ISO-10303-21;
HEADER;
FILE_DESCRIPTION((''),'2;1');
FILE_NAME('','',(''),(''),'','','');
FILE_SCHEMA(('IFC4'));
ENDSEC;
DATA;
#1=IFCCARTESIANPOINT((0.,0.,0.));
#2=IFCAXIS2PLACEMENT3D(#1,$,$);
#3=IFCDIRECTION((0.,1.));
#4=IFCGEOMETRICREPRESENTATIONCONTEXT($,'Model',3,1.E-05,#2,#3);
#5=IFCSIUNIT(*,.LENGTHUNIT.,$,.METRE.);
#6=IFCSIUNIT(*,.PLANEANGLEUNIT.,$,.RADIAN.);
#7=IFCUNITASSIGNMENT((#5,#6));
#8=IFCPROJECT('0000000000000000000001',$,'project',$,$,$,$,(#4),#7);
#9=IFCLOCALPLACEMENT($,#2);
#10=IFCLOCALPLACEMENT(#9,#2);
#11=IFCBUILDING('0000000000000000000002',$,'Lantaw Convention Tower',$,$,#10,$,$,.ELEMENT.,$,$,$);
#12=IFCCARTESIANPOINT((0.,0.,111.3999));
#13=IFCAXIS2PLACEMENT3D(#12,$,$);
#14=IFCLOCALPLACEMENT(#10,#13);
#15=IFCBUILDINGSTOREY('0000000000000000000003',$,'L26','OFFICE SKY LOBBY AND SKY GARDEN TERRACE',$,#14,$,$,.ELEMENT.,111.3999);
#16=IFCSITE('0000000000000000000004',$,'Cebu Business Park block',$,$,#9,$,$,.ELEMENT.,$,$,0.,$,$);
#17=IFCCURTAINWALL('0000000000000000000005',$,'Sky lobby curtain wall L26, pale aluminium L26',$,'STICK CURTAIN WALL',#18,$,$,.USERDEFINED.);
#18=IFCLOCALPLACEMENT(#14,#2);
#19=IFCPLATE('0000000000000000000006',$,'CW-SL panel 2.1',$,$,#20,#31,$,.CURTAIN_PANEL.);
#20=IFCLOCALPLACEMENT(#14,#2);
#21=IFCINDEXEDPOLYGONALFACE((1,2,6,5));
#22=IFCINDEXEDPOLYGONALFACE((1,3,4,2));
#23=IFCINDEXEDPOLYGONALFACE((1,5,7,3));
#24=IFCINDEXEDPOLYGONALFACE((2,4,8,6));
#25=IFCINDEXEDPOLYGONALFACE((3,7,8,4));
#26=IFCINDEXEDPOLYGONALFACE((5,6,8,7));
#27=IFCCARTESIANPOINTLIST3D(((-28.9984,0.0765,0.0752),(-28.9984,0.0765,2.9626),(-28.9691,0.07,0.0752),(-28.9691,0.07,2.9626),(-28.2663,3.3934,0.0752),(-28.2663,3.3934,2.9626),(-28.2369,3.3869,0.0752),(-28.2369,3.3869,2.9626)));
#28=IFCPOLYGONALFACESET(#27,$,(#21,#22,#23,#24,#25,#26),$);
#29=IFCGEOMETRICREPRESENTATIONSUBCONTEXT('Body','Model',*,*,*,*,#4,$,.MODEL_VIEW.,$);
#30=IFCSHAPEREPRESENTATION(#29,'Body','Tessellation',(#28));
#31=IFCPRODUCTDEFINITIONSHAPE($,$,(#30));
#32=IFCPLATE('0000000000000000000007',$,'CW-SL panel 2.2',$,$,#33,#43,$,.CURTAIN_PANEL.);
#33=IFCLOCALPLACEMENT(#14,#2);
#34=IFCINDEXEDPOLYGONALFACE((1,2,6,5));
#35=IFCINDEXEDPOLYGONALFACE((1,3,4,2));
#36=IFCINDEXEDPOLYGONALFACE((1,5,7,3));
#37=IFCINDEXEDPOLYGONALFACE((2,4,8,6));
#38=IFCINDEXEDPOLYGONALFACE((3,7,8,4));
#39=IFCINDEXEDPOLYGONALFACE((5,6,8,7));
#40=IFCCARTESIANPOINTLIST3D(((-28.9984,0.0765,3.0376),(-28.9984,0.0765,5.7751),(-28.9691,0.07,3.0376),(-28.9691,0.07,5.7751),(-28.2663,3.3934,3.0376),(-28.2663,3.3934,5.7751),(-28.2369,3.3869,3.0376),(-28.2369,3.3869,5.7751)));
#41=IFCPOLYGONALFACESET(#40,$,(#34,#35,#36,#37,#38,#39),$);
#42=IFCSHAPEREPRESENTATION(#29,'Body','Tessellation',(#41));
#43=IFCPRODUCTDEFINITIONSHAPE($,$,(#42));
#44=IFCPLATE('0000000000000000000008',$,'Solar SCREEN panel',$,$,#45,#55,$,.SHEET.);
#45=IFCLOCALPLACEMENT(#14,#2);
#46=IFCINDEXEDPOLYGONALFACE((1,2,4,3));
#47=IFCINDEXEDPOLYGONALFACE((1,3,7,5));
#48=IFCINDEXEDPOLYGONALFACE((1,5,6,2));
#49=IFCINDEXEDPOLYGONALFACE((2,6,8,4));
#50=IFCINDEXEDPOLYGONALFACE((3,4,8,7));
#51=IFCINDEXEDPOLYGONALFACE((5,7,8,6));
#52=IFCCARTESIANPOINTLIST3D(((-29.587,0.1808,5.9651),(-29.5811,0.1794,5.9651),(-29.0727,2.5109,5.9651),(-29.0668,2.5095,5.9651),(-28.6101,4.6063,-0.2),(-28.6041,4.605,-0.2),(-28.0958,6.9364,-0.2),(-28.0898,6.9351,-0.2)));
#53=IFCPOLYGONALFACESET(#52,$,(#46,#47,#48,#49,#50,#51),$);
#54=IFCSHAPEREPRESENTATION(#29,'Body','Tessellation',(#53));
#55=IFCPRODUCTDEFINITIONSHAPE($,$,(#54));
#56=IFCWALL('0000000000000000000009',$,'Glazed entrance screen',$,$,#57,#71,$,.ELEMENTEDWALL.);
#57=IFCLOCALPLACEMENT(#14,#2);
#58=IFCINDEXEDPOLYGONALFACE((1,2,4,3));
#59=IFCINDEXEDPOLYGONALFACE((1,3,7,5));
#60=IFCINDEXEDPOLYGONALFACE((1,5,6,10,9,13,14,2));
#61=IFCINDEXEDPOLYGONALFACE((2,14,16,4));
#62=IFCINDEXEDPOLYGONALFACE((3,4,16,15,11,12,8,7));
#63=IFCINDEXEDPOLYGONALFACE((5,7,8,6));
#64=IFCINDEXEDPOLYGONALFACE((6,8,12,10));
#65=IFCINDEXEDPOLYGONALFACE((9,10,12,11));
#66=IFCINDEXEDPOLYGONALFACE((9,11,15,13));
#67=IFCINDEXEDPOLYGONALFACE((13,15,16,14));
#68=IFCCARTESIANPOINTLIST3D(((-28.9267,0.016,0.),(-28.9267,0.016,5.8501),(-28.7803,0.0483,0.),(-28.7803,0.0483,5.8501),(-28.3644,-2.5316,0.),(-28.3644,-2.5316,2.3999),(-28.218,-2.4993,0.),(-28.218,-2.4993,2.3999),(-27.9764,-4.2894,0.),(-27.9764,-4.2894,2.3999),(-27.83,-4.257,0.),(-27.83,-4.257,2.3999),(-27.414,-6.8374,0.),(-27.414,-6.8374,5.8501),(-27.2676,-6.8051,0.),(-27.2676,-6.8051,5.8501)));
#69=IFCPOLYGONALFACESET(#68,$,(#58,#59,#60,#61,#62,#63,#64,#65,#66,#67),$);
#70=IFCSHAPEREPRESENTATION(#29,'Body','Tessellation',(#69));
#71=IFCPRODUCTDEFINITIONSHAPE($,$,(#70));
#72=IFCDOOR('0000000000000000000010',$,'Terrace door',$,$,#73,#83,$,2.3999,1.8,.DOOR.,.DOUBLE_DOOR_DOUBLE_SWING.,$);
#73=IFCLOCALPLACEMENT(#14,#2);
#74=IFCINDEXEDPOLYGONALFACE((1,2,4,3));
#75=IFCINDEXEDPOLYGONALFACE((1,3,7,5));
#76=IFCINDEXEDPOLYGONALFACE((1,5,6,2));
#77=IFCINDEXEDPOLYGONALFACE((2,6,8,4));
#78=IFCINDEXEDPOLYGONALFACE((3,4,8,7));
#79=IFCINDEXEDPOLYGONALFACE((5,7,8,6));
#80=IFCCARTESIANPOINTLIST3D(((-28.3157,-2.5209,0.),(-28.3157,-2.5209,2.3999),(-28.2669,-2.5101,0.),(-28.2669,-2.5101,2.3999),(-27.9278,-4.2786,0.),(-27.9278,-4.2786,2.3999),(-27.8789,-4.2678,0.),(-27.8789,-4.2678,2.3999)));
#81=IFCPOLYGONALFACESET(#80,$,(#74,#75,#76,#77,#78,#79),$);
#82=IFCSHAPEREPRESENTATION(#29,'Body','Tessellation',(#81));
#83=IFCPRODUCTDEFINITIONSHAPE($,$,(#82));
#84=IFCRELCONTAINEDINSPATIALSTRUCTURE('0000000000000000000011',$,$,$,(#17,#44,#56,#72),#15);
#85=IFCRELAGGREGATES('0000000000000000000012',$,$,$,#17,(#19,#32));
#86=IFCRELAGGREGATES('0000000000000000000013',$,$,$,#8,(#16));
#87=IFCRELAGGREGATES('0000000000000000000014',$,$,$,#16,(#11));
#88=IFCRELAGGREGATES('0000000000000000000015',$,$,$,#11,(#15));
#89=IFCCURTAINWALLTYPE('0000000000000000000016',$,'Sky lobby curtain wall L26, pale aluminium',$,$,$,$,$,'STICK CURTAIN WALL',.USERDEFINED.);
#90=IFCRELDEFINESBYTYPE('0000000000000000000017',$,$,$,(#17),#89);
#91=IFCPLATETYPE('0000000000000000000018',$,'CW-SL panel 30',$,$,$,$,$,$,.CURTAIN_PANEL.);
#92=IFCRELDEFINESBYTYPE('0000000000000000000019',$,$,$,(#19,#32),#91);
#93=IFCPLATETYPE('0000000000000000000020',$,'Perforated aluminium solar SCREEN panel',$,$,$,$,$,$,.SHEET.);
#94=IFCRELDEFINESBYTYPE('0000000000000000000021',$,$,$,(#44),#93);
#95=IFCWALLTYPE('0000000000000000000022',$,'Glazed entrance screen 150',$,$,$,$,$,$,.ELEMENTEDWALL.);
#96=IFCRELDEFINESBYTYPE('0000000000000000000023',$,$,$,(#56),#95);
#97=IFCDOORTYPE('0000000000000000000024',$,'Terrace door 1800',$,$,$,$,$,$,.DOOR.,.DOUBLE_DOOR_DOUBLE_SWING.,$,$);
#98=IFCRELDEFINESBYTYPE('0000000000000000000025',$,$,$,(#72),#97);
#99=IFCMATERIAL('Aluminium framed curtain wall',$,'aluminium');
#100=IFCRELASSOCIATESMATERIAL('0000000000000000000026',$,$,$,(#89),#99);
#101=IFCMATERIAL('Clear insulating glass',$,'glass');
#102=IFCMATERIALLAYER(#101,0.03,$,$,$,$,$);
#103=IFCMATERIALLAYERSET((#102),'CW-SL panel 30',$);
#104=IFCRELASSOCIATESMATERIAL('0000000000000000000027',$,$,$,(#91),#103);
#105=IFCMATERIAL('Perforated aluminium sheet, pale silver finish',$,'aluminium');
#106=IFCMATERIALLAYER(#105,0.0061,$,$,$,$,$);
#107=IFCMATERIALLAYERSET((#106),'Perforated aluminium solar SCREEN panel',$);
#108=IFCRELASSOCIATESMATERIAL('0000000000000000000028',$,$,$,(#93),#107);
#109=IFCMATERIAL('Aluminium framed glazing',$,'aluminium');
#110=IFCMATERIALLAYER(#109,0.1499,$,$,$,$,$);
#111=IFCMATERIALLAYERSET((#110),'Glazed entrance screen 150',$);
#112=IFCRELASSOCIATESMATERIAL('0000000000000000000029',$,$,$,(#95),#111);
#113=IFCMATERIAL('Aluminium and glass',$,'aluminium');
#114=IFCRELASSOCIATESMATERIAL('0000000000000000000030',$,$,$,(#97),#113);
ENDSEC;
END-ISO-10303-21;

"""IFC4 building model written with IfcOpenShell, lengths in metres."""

from ifc_helpers import new_model, si_unit, direction, frame, frame_2d, origin, origin_2d, place, context, subcontext, project, spatial, polyline, rectangle, outline, extrude, material, layer, layer_set, type_object, element, fill, aggregate, save


model = new_model("IFC4")

# Units and contexts
model_context = context("Model", 3, precision=1e-05, world=origin(), true_north=direction((0.0, 1.0)))
body_context = subcontext(model_context, "Body", "Model", "MODEL_VIEW")
ifc_project = project(units=[si_unit("LENGTHUNIT", "METRE"), si_unit("PLANEANGLEUNIT", "RADIAN")], contexts=[model_context])

# Site, building, storey
site_placement = place(None, origin())
site = spatial("IfcSite", under=ifc_project, at=site_placement, Name="Cebu Business Park block", CompositionType="ELEMENT", RefElevation=0.0)
building_placement = place(site_placement, origin())
building = spatial("IfcBuilding", under=site, at=building_placement, Name="Lantaw Convention Tower", CompositionType="ELEMENT")
storey_placement = place(building_placement, frame((0.0, 0.0, 111.3999)))
storey = spatial("IfcBuildingStorey", under=building, at=storey_placement, Name="L26", Description="OFFICE SKY LOBBY AND SKY GARDEN TERRACE", CompositionType="ELEMENT", Elevation=111.3999)

# Shared definitions
ifc_material_1 = material(Name="Aluminium framed curtain wall", Category="aluminium")
curtain_wall_type = type_object("IfcCurtainWallType", Name="Sky lobby curtain wall L26, pale aluminium", ElementType="STICK CURTAIN WALL", PredefinedType="USERDEFINED", material=ifc_material_1)

# Curtain wall, plates
curtain_wall_1_placement = place(storey_placement, origin())
curtain_wall_1 = element("IfcCurtainWall", 1, at=curtain_wall_1_placement, inside=storey, type_object=curtain_wall_type, Name="Sky lobby curtain wall L26, pale aluminium L26", ObjectType="STICK CURTAIN WALL", PredefinedType="USERDEFINED")
ifc_material_2 = material(Name="Clear insulating glass", Category="glass")
ifc_layer_1 = layer(ifc_material_2, 0.03)
ifc_layer_set_1 = layer_set([ifc_layer_1], Name="CW-SL panel 30")
plate_type_1 = type_object("IfcPlateType", Name="CW-SL panel 30", PredefinedType="CURTAIN_PANEL", material=ifc_layer_set_1)
plate_1_placement = place(storey_placement, frame((-28.6177, 1.7317, 0.0752), z_axis=(0.0, 0.0, 1.0), x_axis=(-0.215546, -0.976494, 0.0)))
plate_1 = element("IfcPlate", 2, at=plate_1_placement, type_object=plate_type_1, Name="CW-SL panel 2.1", PredefinedType="CURTAIN_PANEL", context=body_context, shape_type="SweptSolid", body=[
    extrude(rectangle(XDim=3.3967, YDim=0.03, at=origin_2d()), origin(), (0.0, 0.0, 1.0), 2.8875),
])
plate_2_placement = place(storey_placement, frame((-28.6177, 1.7317, 3.0376), z_axis=(0.0, 0.0, 1.0), x_axis=(-0.215546, -0.976494, 0.0)))
plate_2 = element("IfcPlate", 3, at=plate_2_placement, type_object=plate_type_1, Name="CW-SL panel 2.2", PredefinedType="CURTAIN_PANEL", context=body_context, shape_type="SweptSolid", body=[
    extrude(rectangle(XDim=3.3967, YDim=0.03, at=origin_2d()), origin(), (0.0, 0.0, 1.0), 2.7375),
])
aggregate(curtain_wall_1, [plate_1, plate_2])

# Plate
ifc_material_3 = material(Name="Perforated aluminium sheet, pale silver finish", Category="aluminium")
ifc_layer_2 = layer(ifc_material_3, 0.0061)
ifc_layer_set_2 = layer_set([ifc_layer_2], Name="Perforated aluminium solar SCREEN panel")
plate_type_2 = type_object("IfcPlateType", Name="Perforated aluminium solar SCREEN panel", PredefinedType="SHEET", material=ifc_layer_set_2)
plate_3_placement = place(storey_placement, frame((-28.0898, 6.9351, -0.2), z_axis=(0.976498, -0.215527, 0.000023), x_axis=(-0.215527, -0.976498, 0.0)))
element("IfcPlate", 4, at=plate_3_placement, inside=storey, type_object=plate_type_2, Name="Solar SCREEN panel", PredefinedType="SHEET", context=body_context, shape_type="SweptSolid", body=[
    extrude(outline(polyline([(0.0, 0.0), (2.3861, 0.0), (6.9182, -6.165), (4.5321, -6.165), (0.0, 0.0)])), origin(), (0.0, 0.0, -1.0), 0.0061),
])

# Wall, opening, door
ifc_material_4 = material(Name="Aluminium framed glazing", Category="aluminium")
ifc_layer_3 = layer(ifc_material_4, 0.1499)
ifc_layer_set_3 = layer_set([ifc_layer_3], Name="Glazed entrance screen 150")
wall_type = type_object("IfcWallType", Name="Glazed entrance screen 150", PredefinedType="ELEMENTEDWALL", material=ifc_layer_set_3)
wall_placement = place(storey_placement, frame((-28.8535, 0.0322, 0.0), z_axis=(0.0, 0.0, 1.0), x_axis=(0.215538, -0.976495, 0.0)))
wall = element("IfcWall", 5, at=wall_placement, inside=storey, type_object=wall_type, Name="Glazed entrance screen", PredefinedType="ELEMENTEDWALL", context=body_context, shape_type="SweptSolid", body=[
    extrude(rectangle(XDim=7.0183, YDim=0.1499, at=frame_2d((3.5093, 0.0))), origin(), (0.0, 0.0, 1.0), 5.8501),
])
opening_placement = place(wall_placement, frame((2.6091, 0.0, 0.0)))
opening = element("IfcOpeningElement", 6, at=opening_placement, cuts=wall, PredefinedType="OPENING", context=body_context, shape_type="SweptSolid", body=[
    extrude(rectangle(XDim=1.8, YDim=2.3999, at=frame_2d((0.8999, 1.2))), frame((0.0, 0.085, 0.0), z_axis=(0.0, -1.0, 0.0), x_axis=(1.0, 0.0, 0.0)), (0.0, 0.0, 1.0), 0.1699),
])
ifc_material_5 = material(Name="Aluminium and glass", Category="aluminium")
door_type = type_object("IfcDoorType", Name="Terrace door 1800", OperationType="DOUBLE_DOOR_DOUBLE_SWING", PredefinedType="DOOR", material=ifc_material_5)
door_placement = place(opening_placement, origin())
door = element("IfcDoor", 7, at=door_placement, inside=storey, type_object=door_type, Name="Terrace door", OperationType="DOUBLE_DOOR_DOUBLE_SWING", OverallHeight=2.3999, OverallWidth=1.8, PredefinedType="DOOR", context=body_context, shape_type="SweptSolid", body=[
    extrude(rectangle(XDim=1.8, YDim=2.3999, at=frame_2d((0.8999, 1.2))), frame((0.0, 0.0249, 0.0), z_axis=(0.0, -1.0, 0.0), x_axis=(1.0, 0.0, 0.0)), (0.0, 0.0, 1.0), 0.05),
])
fill(opening, door)

save(model, "model.ifc")
